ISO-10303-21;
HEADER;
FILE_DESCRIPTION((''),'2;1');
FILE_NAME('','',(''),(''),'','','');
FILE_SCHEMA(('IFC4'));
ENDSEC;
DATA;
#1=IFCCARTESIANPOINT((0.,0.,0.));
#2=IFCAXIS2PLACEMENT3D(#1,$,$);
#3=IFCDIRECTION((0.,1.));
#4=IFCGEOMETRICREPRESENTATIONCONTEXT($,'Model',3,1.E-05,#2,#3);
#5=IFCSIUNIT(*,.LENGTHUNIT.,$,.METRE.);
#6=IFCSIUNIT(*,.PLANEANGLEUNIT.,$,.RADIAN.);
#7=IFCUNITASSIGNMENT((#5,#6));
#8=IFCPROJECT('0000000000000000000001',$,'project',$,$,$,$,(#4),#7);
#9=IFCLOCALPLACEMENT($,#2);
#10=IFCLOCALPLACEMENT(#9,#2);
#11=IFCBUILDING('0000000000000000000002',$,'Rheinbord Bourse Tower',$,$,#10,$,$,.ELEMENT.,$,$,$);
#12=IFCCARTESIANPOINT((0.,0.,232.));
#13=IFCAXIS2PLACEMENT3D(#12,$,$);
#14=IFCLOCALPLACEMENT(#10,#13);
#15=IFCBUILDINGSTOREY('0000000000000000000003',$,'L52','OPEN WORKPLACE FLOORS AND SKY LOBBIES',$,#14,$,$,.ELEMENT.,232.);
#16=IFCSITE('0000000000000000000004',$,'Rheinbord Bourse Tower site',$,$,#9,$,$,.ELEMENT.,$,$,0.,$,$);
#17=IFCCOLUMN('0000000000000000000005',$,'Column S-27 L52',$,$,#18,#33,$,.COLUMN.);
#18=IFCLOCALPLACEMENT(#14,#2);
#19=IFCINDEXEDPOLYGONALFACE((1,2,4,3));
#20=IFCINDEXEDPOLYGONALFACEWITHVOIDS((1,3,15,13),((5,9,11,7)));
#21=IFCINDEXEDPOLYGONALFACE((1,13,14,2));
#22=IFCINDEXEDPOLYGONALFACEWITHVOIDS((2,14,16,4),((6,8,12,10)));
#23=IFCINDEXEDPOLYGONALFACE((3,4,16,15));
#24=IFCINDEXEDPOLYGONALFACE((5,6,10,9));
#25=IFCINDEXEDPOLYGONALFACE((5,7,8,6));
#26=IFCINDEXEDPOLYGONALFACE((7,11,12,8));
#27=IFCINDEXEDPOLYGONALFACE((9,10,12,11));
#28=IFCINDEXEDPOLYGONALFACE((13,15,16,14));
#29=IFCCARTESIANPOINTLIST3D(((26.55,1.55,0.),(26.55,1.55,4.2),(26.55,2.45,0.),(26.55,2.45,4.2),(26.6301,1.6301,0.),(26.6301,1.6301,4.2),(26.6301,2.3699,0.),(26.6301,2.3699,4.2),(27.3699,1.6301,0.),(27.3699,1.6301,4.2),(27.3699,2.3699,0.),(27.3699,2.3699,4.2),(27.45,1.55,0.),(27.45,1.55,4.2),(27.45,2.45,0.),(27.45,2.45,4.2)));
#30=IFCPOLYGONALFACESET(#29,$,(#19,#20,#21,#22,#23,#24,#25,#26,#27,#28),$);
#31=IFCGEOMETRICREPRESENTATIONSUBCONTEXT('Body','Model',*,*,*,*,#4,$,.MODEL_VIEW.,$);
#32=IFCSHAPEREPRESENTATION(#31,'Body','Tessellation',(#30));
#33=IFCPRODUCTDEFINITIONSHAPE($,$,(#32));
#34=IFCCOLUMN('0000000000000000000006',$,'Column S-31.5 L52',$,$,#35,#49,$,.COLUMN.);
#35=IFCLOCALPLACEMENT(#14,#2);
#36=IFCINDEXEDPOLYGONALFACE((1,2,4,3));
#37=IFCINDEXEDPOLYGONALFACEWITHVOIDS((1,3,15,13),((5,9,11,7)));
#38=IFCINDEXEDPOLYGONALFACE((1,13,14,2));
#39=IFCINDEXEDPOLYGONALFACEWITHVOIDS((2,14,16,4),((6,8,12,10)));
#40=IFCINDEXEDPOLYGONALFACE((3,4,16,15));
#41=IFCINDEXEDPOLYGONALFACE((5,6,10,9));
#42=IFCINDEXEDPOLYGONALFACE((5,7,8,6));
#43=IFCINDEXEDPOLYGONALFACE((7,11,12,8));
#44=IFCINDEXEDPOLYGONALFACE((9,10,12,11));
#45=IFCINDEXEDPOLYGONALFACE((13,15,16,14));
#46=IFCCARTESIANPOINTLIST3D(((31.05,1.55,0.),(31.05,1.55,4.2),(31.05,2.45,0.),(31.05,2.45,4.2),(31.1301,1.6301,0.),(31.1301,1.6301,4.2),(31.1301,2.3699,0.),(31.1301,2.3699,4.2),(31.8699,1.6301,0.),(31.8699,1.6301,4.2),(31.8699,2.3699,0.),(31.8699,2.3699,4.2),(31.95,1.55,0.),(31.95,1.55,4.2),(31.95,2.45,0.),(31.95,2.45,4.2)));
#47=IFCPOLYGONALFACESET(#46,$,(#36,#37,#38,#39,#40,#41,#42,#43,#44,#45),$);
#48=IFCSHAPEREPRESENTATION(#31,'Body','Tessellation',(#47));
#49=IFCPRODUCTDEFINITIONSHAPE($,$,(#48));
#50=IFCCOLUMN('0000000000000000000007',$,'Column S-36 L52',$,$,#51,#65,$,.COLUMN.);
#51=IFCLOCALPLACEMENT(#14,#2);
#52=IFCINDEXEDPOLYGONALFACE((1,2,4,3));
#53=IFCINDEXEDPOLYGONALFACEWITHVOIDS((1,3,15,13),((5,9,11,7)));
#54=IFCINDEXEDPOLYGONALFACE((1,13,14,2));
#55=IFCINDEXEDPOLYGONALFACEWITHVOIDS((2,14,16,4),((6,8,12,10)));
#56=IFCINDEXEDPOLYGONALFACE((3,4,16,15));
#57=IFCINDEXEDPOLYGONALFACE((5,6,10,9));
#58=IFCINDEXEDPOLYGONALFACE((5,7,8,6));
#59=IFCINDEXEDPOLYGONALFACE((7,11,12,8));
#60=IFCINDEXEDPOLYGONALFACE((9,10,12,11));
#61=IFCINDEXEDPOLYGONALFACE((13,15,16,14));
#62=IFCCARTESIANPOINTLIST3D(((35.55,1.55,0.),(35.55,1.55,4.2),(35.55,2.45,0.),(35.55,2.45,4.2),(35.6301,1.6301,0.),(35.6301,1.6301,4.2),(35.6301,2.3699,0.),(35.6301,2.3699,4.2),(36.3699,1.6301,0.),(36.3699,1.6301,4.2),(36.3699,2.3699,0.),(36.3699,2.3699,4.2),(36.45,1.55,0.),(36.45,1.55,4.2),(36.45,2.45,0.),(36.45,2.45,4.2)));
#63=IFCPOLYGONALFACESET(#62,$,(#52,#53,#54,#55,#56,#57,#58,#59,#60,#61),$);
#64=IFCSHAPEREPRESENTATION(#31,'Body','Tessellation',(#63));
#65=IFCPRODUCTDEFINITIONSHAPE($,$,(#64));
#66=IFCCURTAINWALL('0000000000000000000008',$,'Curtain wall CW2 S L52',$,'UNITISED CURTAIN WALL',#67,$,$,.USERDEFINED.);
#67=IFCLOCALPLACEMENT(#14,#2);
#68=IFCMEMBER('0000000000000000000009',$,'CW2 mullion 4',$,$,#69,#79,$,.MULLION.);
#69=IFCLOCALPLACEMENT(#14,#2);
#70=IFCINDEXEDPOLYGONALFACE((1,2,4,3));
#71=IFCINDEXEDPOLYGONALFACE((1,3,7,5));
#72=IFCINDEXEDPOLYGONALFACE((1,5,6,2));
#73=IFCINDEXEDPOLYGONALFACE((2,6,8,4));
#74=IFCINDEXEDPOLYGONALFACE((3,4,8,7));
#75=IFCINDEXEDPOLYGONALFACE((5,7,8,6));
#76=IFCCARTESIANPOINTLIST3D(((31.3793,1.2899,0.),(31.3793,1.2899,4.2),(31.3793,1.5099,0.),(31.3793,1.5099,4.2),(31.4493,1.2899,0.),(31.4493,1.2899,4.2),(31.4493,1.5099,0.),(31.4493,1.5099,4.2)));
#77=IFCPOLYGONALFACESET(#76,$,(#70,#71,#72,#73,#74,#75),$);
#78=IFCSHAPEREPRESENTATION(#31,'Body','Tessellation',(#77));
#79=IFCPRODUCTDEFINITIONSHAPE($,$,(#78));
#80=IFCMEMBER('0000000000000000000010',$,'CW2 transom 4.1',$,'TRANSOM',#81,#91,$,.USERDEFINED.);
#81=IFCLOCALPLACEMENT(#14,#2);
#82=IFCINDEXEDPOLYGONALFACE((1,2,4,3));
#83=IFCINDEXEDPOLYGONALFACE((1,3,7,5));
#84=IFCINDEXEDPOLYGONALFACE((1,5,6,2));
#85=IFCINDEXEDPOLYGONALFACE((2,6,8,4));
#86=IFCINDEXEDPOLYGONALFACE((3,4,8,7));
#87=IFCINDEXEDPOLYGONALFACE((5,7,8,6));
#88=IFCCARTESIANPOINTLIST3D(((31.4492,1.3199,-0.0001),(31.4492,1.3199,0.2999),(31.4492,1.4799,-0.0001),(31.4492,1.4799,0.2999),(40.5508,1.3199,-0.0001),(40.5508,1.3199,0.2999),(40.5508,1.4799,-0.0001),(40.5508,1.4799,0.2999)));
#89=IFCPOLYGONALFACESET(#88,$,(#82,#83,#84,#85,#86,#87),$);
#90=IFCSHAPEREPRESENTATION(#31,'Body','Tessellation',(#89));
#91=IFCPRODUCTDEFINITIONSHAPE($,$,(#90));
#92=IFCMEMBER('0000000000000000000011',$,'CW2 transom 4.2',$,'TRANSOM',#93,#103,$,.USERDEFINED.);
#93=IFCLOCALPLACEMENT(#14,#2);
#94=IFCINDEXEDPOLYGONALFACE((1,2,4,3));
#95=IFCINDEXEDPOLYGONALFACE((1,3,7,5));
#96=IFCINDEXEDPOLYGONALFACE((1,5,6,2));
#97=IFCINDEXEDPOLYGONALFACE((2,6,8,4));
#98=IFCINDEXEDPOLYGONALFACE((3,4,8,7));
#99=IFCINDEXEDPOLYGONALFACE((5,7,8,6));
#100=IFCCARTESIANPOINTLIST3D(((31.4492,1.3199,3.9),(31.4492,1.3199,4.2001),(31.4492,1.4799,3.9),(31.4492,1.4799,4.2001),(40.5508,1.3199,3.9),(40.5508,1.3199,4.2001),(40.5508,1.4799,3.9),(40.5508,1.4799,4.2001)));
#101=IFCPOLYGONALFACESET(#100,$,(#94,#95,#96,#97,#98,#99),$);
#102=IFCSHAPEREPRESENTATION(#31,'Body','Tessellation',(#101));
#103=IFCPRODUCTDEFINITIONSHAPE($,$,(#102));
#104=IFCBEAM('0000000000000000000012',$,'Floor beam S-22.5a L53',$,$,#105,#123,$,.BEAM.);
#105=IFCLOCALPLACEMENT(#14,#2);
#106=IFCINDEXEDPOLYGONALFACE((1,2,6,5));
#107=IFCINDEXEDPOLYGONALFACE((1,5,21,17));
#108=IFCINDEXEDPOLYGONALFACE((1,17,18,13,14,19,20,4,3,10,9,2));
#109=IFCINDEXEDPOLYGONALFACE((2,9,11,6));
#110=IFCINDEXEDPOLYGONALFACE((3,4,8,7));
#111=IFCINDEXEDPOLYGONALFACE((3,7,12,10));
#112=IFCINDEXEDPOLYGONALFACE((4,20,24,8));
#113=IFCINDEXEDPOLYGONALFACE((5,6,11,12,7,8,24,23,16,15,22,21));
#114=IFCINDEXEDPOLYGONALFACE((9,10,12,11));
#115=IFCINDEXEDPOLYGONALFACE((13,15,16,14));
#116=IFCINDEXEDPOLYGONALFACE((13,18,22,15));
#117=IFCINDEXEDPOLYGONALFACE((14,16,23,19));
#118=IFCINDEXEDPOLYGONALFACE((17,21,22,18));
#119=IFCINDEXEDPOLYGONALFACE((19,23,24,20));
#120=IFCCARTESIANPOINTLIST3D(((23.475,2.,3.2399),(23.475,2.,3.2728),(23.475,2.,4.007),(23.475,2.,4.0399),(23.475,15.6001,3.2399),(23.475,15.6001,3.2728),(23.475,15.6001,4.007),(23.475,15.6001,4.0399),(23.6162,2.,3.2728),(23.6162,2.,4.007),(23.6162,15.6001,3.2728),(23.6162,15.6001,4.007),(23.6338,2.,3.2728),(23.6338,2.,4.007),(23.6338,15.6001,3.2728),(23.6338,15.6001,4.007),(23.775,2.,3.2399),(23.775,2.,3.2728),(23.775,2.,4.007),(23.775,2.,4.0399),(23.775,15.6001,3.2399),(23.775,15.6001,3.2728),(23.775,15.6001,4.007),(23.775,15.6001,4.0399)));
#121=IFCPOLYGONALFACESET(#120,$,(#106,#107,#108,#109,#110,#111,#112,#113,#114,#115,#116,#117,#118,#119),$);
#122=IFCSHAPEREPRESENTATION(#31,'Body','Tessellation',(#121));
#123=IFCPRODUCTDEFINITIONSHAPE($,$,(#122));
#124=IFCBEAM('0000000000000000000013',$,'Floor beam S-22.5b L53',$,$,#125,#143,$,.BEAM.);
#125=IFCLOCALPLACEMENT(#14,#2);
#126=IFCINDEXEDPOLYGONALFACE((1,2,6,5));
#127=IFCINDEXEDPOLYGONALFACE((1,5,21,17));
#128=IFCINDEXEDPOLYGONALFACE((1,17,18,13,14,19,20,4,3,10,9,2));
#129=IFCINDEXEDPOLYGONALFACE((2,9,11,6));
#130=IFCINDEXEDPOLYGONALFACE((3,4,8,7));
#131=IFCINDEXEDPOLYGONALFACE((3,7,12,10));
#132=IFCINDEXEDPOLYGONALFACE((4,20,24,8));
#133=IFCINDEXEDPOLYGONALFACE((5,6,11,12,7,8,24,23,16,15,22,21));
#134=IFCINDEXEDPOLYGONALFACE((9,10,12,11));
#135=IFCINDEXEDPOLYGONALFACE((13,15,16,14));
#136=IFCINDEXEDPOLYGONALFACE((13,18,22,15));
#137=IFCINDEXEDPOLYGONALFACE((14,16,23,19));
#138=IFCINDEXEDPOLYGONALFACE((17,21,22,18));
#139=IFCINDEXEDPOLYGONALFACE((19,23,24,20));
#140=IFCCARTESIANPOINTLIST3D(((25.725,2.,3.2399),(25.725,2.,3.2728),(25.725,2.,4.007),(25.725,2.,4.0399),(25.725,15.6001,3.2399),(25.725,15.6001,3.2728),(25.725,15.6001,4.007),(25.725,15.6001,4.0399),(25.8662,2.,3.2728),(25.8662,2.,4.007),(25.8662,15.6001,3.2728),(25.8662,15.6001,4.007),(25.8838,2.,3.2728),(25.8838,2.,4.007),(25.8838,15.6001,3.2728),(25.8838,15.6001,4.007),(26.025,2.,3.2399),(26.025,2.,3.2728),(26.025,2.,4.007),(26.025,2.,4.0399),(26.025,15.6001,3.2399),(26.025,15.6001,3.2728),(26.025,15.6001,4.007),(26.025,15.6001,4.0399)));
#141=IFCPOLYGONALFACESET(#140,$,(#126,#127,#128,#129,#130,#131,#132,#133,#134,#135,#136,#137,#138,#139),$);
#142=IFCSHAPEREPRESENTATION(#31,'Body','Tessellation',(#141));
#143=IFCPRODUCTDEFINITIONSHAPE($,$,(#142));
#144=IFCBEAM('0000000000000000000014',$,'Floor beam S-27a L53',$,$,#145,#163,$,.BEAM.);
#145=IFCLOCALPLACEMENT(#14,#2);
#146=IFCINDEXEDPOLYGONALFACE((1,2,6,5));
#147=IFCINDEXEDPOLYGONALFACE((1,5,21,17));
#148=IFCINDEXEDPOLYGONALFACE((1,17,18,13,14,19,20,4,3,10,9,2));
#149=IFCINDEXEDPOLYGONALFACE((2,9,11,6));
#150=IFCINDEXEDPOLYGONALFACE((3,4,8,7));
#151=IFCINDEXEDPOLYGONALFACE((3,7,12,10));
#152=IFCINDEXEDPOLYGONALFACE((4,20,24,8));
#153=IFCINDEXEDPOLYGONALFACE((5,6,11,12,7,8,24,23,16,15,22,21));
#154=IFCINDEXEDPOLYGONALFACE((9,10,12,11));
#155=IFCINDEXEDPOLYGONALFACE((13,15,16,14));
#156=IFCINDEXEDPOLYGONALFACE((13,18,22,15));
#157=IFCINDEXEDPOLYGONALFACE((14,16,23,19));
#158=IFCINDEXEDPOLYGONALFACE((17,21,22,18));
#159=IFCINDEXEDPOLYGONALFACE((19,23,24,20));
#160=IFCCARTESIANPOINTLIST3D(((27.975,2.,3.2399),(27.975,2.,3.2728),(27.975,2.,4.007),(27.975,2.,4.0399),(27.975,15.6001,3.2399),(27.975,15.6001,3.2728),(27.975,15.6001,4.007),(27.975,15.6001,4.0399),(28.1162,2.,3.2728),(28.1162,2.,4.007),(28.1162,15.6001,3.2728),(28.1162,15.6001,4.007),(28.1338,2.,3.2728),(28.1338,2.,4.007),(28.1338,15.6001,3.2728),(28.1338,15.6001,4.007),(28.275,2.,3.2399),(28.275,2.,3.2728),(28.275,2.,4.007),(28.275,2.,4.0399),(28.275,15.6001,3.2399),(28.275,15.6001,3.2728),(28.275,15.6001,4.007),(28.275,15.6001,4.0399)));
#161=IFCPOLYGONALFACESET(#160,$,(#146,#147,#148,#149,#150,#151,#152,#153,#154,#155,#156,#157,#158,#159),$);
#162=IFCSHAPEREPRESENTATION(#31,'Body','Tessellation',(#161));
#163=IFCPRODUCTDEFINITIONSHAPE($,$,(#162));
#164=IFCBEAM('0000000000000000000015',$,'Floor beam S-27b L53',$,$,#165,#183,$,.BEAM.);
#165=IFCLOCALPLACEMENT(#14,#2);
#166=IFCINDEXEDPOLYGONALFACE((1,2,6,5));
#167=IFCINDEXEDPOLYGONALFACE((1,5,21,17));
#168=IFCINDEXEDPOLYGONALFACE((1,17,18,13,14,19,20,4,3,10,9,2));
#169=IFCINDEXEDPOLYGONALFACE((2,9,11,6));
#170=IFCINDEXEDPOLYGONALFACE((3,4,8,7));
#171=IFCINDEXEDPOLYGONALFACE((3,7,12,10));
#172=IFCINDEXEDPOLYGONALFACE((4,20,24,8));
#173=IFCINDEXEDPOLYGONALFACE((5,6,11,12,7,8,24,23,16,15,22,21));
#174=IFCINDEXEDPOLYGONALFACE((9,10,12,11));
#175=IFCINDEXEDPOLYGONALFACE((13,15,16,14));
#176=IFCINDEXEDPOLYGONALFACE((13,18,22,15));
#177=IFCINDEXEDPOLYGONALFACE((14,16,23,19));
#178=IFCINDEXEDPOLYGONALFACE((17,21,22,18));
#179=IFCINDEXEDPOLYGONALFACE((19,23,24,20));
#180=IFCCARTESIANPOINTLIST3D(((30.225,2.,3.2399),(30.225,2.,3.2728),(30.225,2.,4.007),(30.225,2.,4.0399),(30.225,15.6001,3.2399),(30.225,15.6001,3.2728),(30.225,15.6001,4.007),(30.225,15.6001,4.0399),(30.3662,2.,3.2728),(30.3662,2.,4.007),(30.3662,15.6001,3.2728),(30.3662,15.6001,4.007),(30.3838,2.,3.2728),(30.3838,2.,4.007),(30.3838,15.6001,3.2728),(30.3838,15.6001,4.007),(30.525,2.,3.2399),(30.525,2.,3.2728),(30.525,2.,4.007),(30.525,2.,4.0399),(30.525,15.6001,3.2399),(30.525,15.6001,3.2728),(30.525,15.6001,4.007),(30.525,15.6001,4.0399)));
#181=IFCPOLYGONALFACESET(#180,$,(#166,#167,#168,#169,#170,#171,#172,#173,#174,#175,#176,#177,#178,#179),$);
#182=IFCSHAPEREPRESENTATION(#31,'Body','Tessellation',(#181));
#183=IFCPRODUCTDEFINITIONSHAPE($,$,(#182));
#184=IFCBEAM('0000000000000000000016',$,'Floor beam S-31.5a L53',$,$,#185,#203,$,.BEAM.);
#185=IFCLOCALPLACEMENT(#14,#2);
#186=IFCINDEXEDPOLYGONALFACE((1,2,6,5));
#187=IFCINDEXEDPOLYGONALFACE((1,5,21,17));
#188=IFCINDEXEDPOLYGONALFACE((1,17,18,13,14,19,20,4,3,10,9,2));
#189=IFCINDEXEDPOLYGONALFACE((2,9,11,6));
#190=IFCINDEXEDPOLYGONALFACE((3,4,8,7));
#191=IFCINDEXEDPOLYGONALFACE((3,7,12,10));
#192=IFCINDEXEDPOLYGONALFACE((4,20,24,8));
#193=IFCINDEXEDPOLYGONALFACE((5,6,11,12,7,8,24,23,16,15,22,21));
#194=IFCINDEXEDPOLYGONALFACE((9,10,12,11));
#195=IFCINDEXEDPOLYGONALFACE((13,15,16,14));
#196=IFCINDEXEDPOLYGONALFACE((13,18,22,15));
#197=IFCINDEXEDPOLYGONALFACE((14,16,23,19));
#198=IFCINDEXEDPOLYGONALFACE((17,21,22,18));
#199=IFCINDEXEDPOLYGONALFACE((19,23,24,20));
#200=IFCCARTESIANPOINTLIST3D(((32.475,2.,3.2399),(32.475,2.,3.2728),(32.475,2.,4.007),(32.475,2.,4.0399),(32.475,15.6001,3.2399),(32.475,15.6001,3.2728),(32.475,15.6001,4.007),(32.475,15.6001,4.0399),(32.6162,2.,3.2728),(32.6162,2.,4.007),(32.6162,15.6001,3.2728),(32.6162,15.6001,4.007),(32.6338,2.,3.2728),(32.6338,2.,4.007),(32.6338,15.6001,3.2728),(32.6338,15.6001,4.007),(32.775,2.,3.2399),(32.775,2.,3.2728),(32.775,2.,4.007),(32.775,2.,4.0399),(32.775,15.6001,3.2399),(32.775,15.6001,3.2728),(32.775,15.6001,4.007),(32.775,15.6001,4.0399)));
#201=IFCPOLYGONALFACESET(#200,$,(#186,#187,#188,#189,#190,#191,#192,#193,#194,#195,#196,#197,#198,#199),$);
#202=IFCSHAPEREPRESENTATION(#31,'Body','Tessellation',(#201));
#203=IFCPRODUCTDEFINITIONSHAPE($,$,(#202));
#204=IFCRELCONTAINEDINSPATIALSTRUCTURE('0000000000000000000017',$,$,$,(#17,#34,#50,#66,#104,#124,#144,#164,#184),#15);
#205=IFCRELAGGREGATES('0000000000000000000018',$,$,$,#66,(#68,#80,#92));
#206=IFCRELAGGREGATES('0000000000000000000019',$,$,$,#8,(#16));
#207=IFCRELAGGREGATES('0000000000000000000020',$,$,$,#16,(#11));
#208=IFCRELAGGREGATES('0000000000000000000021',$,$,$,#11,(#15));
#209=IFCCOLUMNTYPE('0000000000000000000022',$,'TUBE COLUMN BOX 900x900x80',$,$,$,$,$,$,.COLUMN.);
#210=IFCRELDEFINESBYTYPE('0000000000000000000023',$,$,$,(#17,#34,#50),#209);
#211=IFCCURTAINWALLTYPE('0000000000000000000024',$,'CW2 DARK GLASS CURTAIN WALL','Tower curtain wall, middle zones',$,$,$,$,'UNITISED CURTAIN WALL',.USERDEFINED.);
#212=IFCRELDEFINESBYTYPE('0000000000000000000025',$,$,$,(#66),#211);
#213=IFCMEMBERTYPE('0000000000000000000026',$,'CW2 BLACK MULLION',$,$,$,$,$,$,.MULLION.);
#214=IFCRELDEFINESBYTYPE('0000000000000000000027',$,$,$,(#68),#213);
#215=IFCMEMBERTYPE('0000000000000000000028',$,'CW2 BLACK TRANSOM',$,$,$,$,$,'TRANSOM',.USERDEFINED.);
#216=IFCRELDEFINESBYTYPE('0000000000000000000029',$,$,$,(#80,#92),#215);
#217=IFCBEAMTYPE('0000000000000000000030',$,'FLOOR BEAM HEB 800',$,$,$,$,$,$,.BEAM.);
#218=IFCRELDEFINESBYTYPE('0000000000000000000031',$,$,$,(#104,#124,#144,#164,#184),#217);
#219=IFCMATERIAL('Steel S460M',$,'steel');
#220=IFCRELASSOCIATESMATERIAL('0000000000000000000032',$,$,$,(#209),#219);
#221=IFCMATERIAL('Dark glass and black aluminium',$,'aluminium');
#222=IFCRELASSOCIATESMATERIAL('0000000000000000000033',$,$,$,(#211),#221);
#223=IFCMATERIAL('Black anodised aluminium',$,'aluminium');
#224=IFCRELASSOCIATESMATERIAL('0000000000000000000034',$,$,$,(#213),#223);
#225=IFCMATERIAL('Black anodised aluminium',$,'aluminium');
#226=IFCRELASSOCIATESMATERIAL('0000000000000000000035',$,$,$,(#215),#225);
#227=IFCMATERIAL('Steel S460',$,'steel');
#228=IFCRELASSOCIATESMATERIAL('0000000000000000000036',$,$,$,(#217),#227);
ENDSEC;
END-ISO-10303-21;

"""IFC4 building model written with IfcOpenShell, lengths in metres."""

from ifc_helpers import new_model, si_unit, direction, frame, origin, origin_2d, place, context, subcontext, project, spatial, rectangle, hollow_rectangle, i_section, extrude, material, material_profile, profile_set, type_object, element, aggregate, save


model = new_model("IFC4")

# Units and contexts
model_context = context("Model", 3, precision=1e-05, world=origin(), true_north=direction((0.0, 1.0)))
body_context = subcontext(model_context, "Body", "Model", "MODEL_VIEW")
ifc_project = project(units=[si_unit("LENGTHUNIT", "METRE"), si_unit("PLANEANGLEUNIT", "RADIAN")], contexts=[model_context])

# Site, building, storey
site_placement = place(None, origin())
site = spatial("IfcSite", under=ifc_project, at=site_placement, Name="Rheinbord Bourse Tower site", CompositionType="ELEMENT", RefElevation=0.0)
building_placement = place(site_placement, origin())
building = spatial("IfcBuilding", under=site, at=building_placement, Name="Rheinbord Bourse Tower", CompositionType="ELEMENT")
storey_placement = place(building_placement, frame((0.0, 0.0, 232.0)))
storey = spatial("IfcBuildingStorey", under=building, at=storey_placement, Name="L52", Description="OPEN WORKPLACE FLOORS AND SKY LOBBIES", CompositionType="ELEMENT", Elevation=232.0)

# Columns
ifc_material_1 = material(Name="Steel S460M", Category="steel")
ifc_material_profile_1 = material_profile(ifc_material_1, hollow_rectangle(XDim=0.8999, YDim=0.8999, WallThickness=0.0801, at=origin_2d()), Name="BOX 900x900x80")
ifc_profile_set_1 = profile_set([ifc_material_profile_1], Name="Steel S460M")
column_type = type_object("IfcColumnType", Name="TUBE COLUMN BOX 900x900x80", PredefinedType="COLUMN", material=ifc_profile_set_1)
for number, where, z_axis, x_axis, name in (
    (1, (27.0, 2.0, 0.0), (0.0, 0.0, 1.0), (0.0, 1.0, 0.0), "Column S-27 L52"),
    (2, (31.5, 2.0, 0.0), (0.0, 0.0, 1.0), (0.0, 1.0, 0.0), "Column S-31.5 L52"),
    (3, (36.0, 2.0, 0.0), (0.0, 0.0, 1.0), (0.0, 1.0, 0.0), "Column S-36 L52"),
):
    element("IfcColumn", number, at=place(storey_placement, frame(where, z_axis=z_axis, x_axis=x_axis)), inside=storey, type_object=column_type, Name=name, PredefinedType="COLUMN", context=body_context, shape_type="SweptSolid", body=[
        extrude(hollow_rectangle(XDim=0.8999, YDim=0.8999, WallThickness=0.0801, at=origin_2d()), origin(), (0.0, 0.0, 1.0), 4.2),
    ])

# Curtain wall, members
ifc_material_2 = material(Name="Dark glass and black aluminium", Category="aluminium")
curtain_wall_type = type_object("IfcCurtainWallType", Name="CW2 DARK GLASS CURTAIN WALL", Description="Tower curtain wall, middle zones", ElementType="UNITISED CURTAIN WALL", PredefinedType="USERDEFINED", material=ifc_material_2)
curtain_wall_placement = place(storey_placement, origin())
curtain_wall = element("IfcCurtainWall", 4, at=curtain_wall_placement, inside=storey, type_object=curtain_wall_type, Name="Curtain wall CW2 S L52", ObjectType="UNITISED CURTAIN WALL", PredefinedType="USERDEFINED")
ifc_material_3 = material(Name="Black anodised aluminium", Category="aluminium")
ifc_material_profile_2 = material_profile(ifc_material_3, rectangle(XDim=0.22, YDim=0.0701, at=origin_2d()), Name="CW2 MULLION 70x220")
ifc_profile_set_2 = profile_set([ifc_material_profile_2], Name="Black anodised aluminium")
member_type_1 = type_object("IfcMemberType", Name="CW2 BLACK MULLION", PredefinedType="MULLION", material=ifc_profile_set_2)
member_1_placement = place(storey_placement, frame((31.4143, 1.3999, 0.0), z_axis=(0.0, 0.0, 1.0), x_axis=(0.0, 1.0, 0.0)))
member_1 = element("IfcMember", 5, at=member_1_placement, type_object=member_type_1, Name="CW2 mullion 4", PredefinedType="MULLION", context=body_context, shape_type="SweptSolid", body=[
    extrude(rectangle(XDim=0.22, YDim=0.0701, at=origin_2d()), origin(), (0.0, 0.0, 1.0), 4.2),
])
ifc_material_4 = material(Name="Black anodised aluminium", Category="aluminium")
ifc_material_profile_3 = material_profile(ifc_material_4, rectangle(XDim=0.1599, YDim=0.3, at=origin_2d()), Name="CW2 TRANSOM 300x160")
ifc_profile_set_3 = profile_set([ifc_material_profile_3], Name="Black anodised aluminium")
member_type_2 = type_object("IfcMemberType", Name="CW2 BLACK TRANSOM", ElementType="TRANSOM", PredefinedType="USERDEFINED", material=ifc_profile_set_3)
member_2_placement = place(storey_placement, frame((31.4492, 1.3999, 0.1499), z_axis=(1.0, 0.0, 0.0), x_axis=(0.0, 1.0, 0.0)))
member_2 = element("IfcMember", 6, at=member_2_placement, type_object=member_type_2, Name="CW2 transom 4.1", ObjectType="TRANSOM", PredefinedType="USERDEFINED", context=body_context, shape_type="SweptSolid", body=[
    extrude(rectangle(XDim=0.1599, YDim=0.3, at=origin_2d()), origin(), (0.0, 0.0, 1.0), 9.1016),
])
member_3_placement = place(storey_placement, frame((31.4492, 1.3999, 4.05), z_axis=(1.0, 0.0, 0.0), x_axis=(0.0, 1.0, 0.0)))
member_3 = element("IfcMember", 7, at=member_3_placement, type_object=member_type_2, Name="CW2 transom 4.2", ObjectType="TRANSOM", PredefinedType="USERDEFINED", context=body_context, shape_type="SweptSolid", body=[
    extrude(rectangle(XDim=0.1599, YDim=0.3, at=origin_2d()), origin(), (0.0, 0.0, 1.0), 9.1016),
])

# Beams
ifc_material_5 = material(Name="Steel S460", Category="steel")
ifc_material_profile_4 = material_profile(ifc_material_5, i_section(OverallWidth=0.3, OverallDepth=0.8, WebThickness=0.0176, FlangeThickness=0.033, at=origin_2d()), Name="HEB 800")
ifc_profile_set_4 = profile_set([ifc_material_profile_4], Name="Steel S460")
beam_type_1 = type_object("IfcBeamType", Name="FLOOR BEAM HEB 800", PredefinedType="BEAM", material=ifc_profile_set_4)
for number, where, z_axis, x_axis, name in (
    (8, (23.625, 2.0, 3.6399), (0.0, 1.0, 0.0), (-1.0, 0.0, 0.0), "Floor beam S-22.5a L53"),
    (9, (25.875, 2.0, 3.6399), (0.0, 1.0, 0.0), (-1.0, 0.0, 0.0), "Floor beam S-22.5b L53"),
    (10, (28.125, 2.0, 3.6399), (0.0, 1.0, 0.0), (-1.0, 0.0, 0.0), "Floor beam S-27a L53"),
    (11, (30.375, 2.0, 3.6399), (0.0, 1.0, 0.0), (-1.0, 0.0, 0.0), "Floor beam S-27b L53"),
    (12, (32.625, 2.0, 3.6399), (0.0, 1.0, 0.0), (-1.0, 0.0, 0.0), "Floor beam S-31.5a L53"),
):
    element("IfcBeam", number, at=place(storey_placement, frame(where, z_axis=z_axis, x_axis=x_axis)), inside=storey, type_object=beam_type_1, Name=name, PredefinedType="BEAM", context=body_context, shape_type="SweptSolid", body=[
        extrude(i_section(OverallWidth=0.3, OverallDepth=0.8, WebThickness=0.0176, FlangeThickness=0.033, at=origin_2d()), origin(), (0.0, 0.0, 1.0), 13.6001),
    ])

aggregate(curtain_wall, [member_1, member_2, member_3])

save(model, "model.ifc")
